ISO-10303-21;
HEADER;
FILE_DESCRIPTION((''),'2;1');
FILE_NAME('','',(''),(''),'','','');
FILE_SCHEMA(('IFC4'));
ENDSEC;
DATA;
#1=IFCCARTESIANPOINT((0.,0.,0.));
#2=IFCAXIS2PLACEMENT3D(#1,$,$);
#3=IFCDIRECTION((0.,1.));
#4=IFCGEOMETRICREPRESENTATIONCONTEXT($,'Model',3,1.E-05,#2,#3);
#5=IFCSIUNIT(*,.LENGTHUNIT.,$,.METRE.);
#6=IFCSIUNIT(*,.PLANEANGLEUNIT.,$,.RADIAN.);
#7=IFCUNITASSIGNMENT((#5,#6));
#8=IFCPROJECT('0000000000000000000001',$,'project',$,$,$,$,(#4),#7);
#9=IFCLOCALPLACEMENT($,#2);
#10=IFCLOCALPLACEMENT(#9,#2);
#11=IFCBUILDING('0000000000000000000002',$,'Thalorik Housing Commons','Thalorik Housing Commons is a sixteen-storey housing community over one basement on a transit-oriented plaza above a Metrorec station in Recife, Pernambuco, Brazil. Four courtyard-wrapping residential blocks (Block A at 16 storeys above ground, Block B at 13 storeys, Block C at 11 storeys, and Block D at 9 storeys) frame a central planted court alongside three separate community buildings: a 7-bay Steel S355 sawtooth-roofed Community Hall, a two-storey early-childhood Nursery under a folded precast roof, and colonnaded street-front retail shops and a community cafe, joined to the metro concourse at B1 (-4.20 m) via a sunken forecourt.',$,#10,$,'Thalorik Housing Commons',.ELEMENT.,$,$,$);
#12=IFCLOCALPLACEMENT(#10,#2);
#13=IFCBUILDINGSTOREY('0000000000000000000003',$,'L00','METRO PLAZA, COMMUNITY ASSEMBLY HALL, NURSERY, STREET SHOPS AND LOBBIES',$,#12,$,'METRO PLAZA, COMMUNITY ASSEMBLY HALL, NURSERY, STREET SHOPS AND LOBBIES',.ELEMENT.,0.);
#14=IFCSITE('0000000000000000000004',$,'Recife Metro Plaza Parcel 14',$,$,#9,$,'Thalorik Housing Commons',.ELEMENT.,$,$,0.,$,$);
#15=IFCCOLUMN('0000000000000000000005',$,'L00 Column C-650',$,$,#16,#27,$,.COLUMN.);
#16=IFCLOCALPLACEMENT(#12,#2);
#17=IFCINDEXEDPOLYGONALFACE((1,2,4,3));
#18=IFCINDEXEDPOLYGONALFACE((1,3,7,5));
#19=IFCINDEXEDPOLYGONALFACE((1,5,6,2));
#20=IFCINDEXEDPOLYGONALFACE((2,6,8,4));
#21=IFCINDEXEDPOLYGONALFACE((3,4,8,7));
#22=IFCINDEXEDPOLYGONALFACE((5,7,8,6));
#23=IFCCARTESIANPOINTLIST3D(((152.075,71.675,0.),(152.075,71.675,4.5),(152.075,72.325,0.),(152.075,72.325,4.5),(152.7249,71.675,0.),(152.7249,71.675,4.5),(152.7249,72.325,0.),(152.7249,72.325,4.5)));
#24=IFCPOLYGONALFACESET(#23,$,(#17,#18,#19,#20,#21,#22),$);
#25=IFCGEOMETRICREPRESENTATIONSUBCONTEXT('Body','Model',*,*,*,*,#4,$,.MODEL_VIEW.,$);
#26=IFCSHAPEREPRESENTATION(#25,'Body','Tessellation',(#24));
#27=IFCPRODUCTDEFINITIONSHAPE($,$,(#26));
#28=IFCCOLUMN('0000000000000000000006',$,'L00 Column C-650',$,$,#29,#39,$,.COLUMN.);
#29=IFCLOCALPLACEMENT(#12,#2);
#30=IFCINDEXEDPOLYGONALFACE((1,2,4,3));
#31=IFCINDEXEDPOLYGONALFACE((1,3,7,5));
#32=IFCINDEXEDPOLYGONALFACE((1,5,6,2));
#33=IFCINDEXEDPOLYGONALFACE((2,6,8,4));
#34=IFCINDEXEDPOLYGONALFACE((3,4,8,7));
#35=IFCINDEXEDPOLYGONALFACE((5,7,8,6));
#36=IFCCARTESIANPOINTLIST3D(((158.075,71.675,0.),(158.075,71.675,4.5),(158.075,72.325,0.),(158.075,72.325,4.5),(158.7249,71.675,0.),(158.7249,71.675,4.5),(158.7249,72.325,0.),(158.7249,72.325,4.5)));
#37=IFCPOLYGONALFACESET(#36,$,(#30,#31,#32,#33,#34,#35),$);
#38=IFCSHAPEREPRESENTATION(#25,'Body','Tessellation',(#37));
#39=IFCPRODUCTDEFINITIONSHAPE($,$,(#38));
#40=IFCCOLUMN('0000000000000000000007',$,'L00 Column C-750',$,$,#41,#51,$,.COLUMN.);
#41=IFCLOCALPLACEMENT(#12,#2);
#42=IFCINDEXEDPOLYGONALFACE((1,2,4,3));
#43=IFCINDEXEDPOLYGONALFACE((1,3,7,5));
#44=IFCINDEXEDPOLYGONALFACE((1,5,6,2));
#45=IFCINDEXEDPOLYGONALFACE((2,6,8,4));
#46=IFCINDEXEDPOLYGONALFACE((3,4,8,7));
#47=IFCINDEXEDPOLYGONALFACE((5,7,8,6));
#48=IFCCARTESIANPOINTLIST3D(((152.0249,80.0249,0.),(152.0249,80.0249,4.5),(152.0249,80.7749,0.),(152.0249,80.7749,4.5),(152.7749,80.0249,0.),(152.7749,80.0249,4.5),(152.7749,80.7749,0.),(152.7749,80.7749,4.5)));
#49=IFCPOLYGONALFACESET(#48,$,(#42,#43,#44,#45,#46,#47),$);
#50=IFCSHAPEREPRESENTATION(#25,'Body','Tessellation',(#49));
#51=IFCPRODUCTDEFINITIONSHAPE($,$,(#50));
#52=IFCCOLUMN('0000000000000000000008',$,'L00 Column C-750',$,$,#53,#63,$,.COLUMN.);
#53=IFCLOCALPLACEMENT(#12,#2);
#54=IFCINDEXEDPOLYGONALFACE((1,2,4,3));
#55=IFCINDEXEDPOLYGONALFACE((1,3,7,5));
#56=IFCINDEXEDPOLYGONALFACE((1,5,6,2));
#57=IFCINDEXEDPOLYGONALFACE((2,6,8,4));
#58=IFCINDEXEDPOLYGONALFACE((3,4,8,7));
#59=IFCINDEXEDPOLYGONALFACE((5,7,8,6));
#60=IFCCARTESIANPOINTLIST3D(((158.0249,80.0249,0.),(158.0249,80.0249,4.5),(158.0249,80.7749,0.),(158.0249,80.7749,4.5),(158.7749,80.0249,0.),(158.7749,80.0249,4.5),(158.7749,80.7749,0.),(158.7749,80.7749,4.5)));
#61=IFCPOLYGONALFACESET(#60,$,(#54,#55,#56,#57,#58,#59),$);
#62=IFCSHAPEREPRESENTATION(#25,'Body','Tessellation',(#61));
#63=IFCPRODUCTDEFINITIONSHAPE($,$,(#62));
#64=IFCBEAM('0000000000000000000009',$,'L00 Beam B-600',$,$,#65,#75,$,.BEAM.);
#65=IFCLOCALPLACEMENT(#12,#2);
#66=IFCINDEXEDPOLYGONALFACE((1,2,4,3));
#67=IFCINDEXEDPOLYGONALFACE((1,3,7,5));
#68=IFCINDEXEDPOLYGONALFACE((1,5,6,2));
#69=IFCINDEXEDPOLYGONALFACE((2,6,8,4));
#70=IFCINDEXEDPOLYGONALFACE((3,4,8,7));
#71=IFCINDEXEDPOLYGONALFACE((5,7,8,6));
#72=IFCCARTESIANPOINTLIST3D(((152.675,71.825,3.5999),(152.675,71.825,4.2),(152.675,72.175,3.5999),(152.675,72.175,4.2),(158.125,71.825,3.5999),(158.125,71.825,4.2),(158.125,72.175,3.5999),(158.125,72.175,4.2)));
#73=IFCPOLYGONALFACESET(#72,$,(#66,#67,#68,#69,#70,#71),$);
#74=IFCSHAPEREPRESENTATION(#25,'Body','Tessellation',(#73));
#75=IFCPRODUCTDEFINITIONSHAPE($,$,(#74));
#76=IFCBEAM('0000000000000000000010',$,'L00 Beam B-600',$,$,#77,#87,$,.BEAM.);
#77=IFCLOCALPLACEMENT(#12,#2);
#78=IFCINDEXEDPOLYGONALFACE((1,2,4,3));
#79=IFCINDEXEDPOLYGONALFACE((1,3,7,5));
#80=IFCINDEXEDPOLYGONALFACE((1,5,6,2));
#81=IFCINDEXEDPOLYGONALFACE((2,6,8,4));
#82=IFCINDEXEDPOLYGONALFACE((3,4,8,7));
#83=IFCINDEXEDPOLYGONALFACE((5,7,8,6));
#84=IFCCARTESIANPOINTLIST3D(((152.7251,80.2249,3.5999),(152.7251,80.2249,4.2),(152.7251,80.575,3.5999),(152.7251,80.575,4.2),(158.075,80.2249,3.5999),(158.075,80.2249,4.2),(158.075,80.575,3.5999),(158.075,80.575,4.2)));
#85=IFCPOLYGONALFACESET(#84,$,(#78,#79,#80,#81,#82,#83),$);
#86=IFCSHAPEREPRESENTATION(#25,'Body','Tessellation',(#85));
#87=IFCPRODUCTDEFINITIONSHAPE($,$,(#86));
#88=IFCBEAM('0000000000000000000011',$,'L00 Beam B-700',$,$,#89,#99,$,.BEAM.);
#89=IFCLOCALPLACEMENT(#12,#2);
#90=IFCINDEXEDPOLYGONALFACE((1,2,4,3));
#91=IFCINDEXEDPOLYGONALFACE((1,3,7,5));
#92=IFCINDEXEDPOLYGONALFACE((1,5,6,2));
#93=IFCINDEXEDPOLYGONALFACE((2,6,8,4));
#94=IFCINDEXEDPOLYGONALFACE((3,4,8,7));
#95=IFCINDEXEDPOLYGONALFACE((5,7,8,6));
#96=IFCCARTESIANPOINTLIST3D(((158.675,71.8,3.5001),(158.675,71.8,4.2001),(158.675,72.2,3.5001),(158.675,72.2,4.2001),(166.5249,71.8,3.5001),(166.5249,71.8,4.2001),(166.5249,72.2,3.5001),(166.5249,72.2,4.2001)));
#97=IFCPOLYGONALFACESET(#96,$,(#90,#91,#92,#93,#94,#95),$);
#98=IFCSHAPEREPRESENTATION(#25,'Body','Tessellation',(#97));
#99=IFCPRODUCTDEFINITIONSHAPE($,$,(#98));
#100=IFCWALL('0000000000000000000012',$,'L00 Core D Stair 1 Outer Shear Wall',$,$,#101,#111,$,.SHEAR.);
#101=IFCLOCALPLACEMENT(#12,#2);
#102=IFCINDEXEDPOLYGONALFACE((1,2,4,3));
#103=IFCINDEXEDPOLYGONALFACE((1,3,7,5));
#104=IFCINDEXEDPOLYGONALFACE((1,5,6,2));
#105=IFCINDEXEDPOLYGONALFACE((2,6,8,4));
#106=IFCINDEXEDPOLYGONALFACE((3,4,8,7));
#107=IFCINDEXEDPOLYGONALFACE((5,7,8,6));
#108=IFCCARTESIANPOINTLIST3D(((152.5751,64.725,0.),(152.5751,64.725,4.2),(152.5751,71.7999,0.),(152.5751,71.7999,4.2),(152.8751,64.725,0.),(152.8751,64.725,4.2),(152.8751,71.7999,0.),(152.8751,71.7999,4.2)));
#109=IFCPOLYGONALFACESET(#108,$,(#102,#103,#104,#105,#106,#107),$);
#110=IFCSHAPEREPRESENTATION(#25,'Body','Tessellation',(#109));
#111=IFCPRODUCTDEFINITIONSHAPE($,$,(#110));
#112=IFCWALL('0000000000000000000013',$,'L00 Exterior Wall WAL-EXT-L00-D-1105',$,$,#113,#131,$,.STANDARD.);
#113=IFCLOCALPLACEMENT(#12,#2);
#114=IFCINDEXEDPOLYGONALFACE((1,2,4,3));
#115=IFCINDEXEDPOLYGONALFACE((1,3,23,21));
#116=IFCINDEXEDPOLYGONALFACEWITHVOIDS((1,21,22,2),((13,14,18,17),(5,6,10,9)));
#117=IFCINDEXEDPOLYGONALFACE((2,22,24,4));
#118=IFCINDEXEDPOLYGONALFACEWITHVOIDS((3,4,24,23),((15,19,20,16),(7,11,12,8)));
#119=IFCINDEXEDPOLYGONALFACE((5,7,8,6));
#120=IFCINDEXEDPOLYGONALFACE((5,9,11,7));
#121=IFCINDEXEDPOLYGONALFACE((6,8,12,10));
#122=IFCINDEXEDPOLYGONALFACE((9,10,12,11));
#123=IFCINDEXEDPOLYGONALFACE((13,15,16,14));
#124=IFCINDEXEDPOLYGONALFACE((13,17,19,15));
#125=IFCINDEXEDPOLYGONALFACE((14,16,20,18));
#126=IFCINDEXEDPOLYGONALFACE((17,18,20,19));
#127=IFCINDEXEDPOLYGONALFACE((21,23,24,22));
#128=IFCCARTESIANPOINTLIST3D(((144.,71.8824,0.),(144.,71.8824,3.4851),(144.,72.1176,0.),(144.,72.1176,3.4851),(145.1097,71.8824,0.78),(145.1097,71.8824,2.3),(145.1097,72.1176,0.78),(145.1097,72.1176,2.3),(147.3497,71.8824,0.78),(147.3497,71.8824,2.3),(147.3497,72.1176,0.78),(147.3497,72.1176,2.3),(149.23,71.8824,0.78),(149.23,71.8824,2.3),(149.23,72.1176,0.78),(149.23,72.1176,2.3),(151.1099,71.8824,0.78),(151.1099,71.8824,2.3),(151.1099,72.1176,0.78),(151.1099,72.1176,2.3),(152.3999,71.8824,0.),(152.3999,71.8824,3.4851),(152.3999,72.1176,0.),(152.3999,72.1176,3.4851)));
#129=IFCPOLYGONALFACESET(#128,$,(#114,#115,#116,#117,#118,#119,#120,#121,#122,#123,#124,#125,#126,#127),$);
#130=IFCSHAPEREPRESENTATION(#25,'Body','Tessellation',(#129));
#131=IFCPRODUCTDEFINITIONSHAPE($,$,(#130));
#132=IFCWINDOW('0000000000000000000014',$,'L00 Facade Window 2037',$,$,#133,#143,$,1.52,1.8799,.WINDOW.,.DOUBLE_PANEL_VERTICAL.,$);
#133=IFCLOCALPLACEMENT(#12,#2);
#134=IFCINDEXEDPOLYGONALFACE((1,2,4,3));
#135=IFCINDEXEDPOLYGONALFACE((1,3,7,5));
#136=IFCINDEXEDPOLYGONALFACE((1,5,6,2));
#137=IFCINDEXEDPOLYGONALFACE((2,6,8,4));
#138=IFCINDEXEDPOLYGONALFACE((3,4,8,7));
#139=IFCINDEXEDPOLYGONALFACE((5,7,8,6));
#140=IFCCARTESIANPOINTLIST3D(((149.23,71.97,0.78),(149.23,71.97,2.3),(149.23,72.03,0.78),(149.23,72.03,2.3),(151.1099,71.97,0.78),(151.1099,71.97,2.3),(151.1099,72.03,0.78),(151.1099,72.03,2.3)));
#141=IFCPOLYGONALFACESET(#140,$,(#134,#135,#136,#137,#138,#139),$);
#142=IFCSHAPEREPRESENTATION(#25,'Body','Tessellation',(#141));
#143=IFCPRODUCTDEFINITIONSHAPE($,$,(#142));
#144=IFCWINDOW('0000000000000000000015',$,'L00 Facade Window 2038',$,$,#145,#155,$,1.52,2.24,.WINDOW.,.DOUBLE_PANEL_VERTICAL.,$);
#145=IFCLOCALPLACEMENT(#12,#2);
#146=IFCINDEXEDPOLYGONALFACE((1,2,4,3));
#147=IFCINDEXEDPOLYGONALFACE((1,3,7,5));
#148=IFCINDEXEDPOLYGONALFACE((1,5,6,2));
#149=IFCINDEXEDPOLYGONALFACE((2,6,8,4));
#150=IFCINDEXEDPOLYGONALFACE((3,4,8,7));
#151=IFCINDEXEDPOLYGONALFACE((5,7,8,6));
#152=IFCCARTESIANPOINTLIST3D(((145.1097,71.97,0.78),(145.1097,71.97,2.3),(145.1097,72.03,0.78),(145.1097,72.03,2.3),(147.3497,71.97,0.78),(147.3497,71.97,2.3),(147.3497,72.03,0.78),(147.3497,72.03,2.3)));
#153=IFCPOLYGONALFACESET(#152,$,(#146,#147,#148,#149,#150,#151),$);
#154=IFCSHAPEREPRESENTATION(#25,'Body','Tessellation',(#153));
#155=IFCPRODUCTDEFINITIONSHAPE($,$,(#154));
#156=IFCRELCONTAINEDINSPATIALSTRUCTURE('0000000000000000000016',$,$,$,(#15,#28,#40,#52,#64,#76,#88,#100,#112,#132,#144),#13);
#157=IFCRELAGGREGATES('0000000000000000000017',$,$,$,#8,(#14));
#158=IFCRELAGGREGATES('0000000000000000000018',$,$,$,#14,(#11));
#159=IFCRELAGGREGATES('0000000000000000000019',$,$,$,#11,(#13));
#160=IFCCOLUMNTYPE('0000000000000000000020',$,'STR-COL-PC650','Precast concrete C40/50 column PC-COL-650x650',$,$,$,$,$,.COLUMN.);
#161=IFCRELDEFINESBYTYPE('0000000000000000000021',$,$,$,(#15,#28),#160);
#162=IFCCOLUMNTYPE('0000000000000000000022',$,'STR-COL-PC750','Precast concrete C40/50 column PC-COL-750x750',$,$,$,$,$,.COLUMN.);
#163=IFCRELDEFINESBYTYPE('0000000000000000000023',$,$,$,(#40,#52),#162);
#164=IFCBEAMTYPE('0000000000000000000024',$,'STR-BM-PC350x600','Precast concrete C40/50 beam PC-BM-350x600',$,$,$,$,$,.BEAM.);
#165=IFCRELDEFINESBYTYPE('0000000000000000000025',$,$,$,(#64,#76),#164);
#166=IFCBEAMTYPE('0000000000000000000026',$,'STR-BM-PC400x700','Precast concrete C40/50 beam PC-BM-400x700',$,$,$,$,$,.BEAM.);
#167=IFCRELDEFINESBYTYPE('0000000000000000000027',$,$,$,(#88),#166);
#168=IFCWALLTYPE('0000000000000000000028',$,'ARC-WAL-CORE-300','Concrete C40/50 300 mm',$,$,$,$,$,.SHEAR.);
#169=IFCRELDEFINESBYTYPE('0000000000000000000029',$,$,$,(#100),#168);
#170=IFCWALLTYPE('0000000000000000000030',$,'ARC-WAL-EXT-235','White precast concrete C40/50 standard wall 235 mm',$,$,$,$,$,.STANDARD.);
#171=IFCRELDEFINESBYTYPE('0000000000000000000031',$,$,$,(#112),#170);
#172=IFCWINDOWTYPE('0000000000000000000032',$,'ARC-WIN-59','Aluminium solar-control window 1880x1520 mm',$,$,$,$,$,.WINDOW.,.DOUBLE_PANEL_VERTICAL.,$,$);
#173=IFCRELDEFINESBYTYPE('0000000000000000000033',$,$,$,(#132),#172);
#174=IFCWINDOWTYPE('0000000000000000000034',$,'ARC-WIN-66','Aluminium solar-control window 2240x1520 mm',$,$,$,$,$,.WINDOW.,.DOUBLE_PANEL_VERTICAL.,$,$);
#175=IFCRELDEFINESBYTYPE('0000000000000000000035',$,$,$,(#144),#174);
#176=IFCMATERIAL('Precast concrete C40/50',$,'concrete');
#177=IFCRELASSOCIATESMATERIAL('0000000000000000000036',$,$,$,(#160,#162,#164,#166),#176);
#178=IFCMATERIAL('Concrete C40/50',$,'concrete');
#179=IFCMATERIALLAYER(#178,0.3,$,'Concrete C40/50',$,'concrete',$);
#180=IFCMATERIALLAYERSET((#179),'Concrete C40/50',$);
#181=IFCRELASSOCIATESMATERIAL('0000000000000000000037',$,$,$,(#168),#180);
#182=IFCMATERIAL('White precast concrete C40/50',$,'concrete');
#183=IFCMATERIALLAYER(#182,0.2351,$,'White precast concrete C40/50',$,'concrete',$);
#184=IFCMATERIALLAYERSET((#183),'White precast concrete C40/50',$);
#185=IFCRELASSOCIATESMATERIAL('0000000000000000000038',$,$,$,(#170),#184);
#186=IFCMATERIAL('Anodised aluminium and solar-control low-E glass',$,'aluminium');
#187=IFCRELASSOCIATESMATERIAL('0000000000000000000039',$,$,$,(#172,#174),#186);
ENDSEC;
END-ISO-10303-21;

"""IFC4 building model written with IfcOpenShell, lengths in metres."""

from ifc_helpers import new_model, si_unit, direction, frame, frame_2d, origin, origin_2d, place, context, subcontext, project, spatial, rectangle, extrude, material, layer, layer_set, material_profile, profile_set, type_object, element, fill, save


model = new_model("IFC4")

# Units and contexts
model_context = context("Model", 3, precision=1e-05, world=origin(), true_north=direction((0.0, 1.0)))
body_context = subcontext(model_context, "Body", "Model", "MODEL_VIEW")
ifc_project = project(units=[si_unit("LENGTHUNIT", "METRE"), si_unit("PLANEANGLEUNIT", "RADIAN")], contexts=[model_context])

# Site, building, storey
site_placement = place(None, origin())
site = spatial("IfcSite", under=ifc_project, at=site_placement, Name="Recife Metro Plaza Parcel 14", LongName="Thalorik Housing Commons", CompositionType="ELEMENT", RefElevation=0.0)
building_placement = place(site_placement, origin())
building = spatial("IfcBuilding", under=site, at=building_placement, Name="Thalorik Housing Commons", Description="Thalorik Housing Commons is a sixteen-storey housing community over one basement on a transit-oriented plaza above a Metrorec station in Recife, Pernambuco, Brazil. Four courtyard-wrapping residential blocks (Block A at 16 storeys above ground, Block B at 13 storeys, Block C at 11 storeys, and Block D at 9 storeys) frame a central planted court alongside three separate community buildings: a 7-bay Steel S355 sawtooth-roofed Community Hall, a two-storey early-childhood Nursery under a folded precast roof, and colonnaded street-front retail shops and a community cafe, joined to the metro concourse at B1 (-4.20 m) via a sunken forecourt.", LongName="Thalorik Housing Commons", CompositionType="ELEMENT")
storey_placement = place(building_placement, origin())
storey = spatial("IfcBuildingStorey", under=building, at=storey_placement, Name="L00", Description="METRO PLAZA, COMMUNITY ASSEMBLY HALL, NURSERY, STREET SHOPS AND LOBBIES", LongName="METRO PLAZA, COMMUNITY ASSEMBLY HALL, NURSERY, STREET SHOPS AND LOBBIES", CompositionType="ELEMENT", Elevation=0.0)

# Columns
ifc_material_1 = material(Name="Precast concrete C40/50", Category="concrete")
ifc_material_profile_1 = material_profile(ifc_material_1, rectangle(XDim=0.6499, YDim=0.6499, at=origin_2d()), Name="PC 650x650", Category="concrete")
ifc_profile_set_1 = profile_set([ifc_material_profile_1], Name="Precast concrete C40/50")
column_type_1 = type_object("IfcColumnType", Name="STR-COL-PC650", Description="Precast concrete C40/50 column PC-COL-650x650", PredefinedType="COLUMN", material=ifc_profile_set_1)
for number, where, z_axis, x_axis, name in (
    (1, (152.3999, 72.0, 0.0), (0.0, 0.0, 1.0), (1.0, 0.0, 0.0), "L00 Column C-650"),
    (2, (158.3999, 72.0, 0.0), (0.0, 0.0, 1.0), (1.0, 0.0, 0.0), "L00 Column C-650"),
):
    element("IfcColumn", number, at=place(storey_placement, frame(where, z_axis=z_axis, x_axis=x_axis)), inside=storey, type_object=column_type_1, Name=name, PredefinedType="COLUMN", context=body_context, shape_type="SweptSolid", body=[
        extrude(rectangle(XDim=0.6499, YDim=0.6499, at=origin_2d()), origin(), (0.0, 0.0, 1.0), 4.5),
    ])
ifc_material_profile_2 = material_profile(ifc_material_1, rectangle(XDim=0.75, YDim=0.75, at=origin_2d()), Name="PC 750x750", Category="concrete")
ifc_profile_set_2 = profile_set([ifc_material_profile_2], Name="Precast concrete C40/50")
column_type_2 = type_object("IfcColumnType", Name="STR-COL-PC750", Description="Precast concrete C40/50 column PC-COL-750x750", PredefinedType="COLUMN", material=ifc_profile_set_2)
for number, where, z_axis, x_axis, name in (
    (3, (152.3999, 80.3999, 0.0), (0.0, 0.0, 1.0), (1.0, 0.0, 0.0), "L00 Column C-750"),
    (4, (158.3999, 80.3999, 0.0), (0.0, 0.0, 1.0), (1.0, 0.0, 0.0), "L00 Column C-750"),
):
    element("IfcColumn", number, at=place(storey_placement, frame(where, z_axis=z_axis, x_axis=x_axis)), inside=storey, type_object=column_type_2, Name=name, PredefinedType="COLUMN", context=body_context, shape_type="SweptSolid", body=[
        extrude(rectangle(XDim=0.75, YDim=0.75, at=origin_2d()), origin(), (0.0, 0.0, 1.0), 4.5),
    ])

# Beams
ifc_material_profile_3 = material_profile(ifc_material_1, rectangle(XDim=0.3501, YDim=0.6001, at=origin_2d()), Name="PC 350x600", Category="concrete")
ifc_profile_set_3 = profile_set([ifc_material_profile_3], Name="Precast concrete C40/50")
beam_type_1 = type_object("IfcBeamType", Name="STR-BM-PC350x600", Description="Precast concrete C40/50 beam PC-BM-350x600", PredefinedType="BEAM", material=ifc_profile_set_3)
beam_1_placement = place(storey_placement, frame((152.675, 72.0, 3.8999), z_axis=(1.0, 0.0, 0.0), x_axis=(0.0, 1.0, 0.0)))
element("IfcBeam", 5, at=beam_1_placement, inside=storey, type_object=beam_type_1, Name="L00 Beam B-600", PredefinedType="BEAM", context=body_context, shape_type="SweptSolid", body=[
    extrude(rectangle(XDim=0.3501, YDim=0.6001, at=origin_2d()), origin(), (0.0, 0.0, 1.0), 5.45),
])
beam_2_placement = place(storey_placement, frame((152.7251, 80.3999, 3.8999), z_axis=(1.0, 0.0, 0.0), x_axis=(0.0, 1.0, 0.0)))
element("IfcBeam", 6, at=beam_2_placement, inside=storey, type_object=beam_type_1, Name="L00 Beam B-600", PredefinedType="BEAM", context=body_context, shape_type="SweptSolid", body=[
    extrude(rectangle(XDim=0.3501, YDim=0.6001, at=origin_2d()), origin(), (0.0, 0.0, 1.0), 5.3499),
])
ifc_material_profile_4 = material_profile(ifc_material_1, rectangle(XDim=0.3999, YDim=0.7, at=origin_2d()), Name="PC 400x700", Category="concrete")
ifc_profile_set_4 = profile_set([ifc_material_profile_4], Name="Precast concrete C40/50")
beam_type_2 = type_object("IfcBeamType", Name="STR-BM-PC400x700", Description="Precast concrete C40/50 beam PC-BM-400x700", PredefinedType="BEAM", material=ifc_profile_set_4)
beam_3_placement = place(storey_placement, frame((158.675, 72.0, 3.8501), z_axis=(1.0, 0.0, 0.0), x_axis=(0.0, 1.0, 0.0)))
element("IfcBeam", 7, at=beam_3_placement, inside=storey, type_object=beam_type_2, Name="L00 Beam B-700", PredefinedType="BEAM", context=body_context, shape_type="SweptSolid", body=[
    extrude(rectangle(XDim=0.3999, YDim=0.7, at=origin_2d()), origin(), (0.0, 0.0, 1.0), 7.8499),
])

# Wall
ifc_material_2 = material(Name="Concrete C40/50", Category="concrete")
ifc_layer_1 = layer(ifc_material_2, 0.3, Name="Concrete C40/50", Category="concrete")
ifc_layer_set_1 = layer_set([ifc_layer_1], Name="Concrete C40/50")
wall_type_1 = type_object("IfcWallType", Name="ARC-WAL-CORE-300", Description="Concrete C40/50 300 mm", PredefinedType="SHEAR", material=ifc_layer_set_1)
wall_1_placement = place(storey_placement, frame((152.7251, 71.8, 0.0), z_axis=(0.0, 0.0, 1.0), x_axis=(0.0, -1.0, 0.0)))
element("IfcWall", 8, at=wall_1_placement, inside=storey, type_object=wall_type_1, Name="L00 Core D Stair 1 Outer Shear Wall", PredefinedType="SHEAR", context=body_context, shape_type="SweptSolid", body=[
    extrude(rectangle(XDim=7.075, YDim=0.3, at=frame_2d((3.5376, 0.0))), origin(), (0.0, 0.0, 1.0), 4.2),
])

# Wall, openings, windows
ifc_material_3 = material(Name="White precast concrete C40/50", Category="concrete")
ifc_layer_2 = layer(ifc_material_3, 0.2351, Name="White precast concrete C40/50", Category="concrete")
ifc_layer_set_2 = layer_set([ifc_layer_2], Name="White precast concrete C40/50")
wall_type_2 = type_object("IfcWallType", Name="ARC-WAL-EXT-235", Description="White precast concrete C40/50 standard wall 235 mm", PredefinedType="STANDARD", material=ifc_layer_set_2)
wall_2_placement = place(storey_placement, frame((152.3999, 72.0, 0.0), z_axis=(0.0, 0.0, 1.0), x_axis=(-1.0, 0.0, 0.0)))
wall_2 = element("IfcWall", 9, at=wall_2_placement, inside=storey, type_object=wall_type_2, Name="L00 Exterior Wall WAL-EXT-L00-D-1105", PredefinedType="STANDARD", context=body_context, shape_type="SweptSolid", body=[
    extrude(rectangle(XDim=8.3999, YDim=0.2351, at=frame_2d((4.2, 0.0))), origin(), (0.0, 0.0, 1.0), 3.4851),
])
opening_1_placement = place(wall_2_placement, frame((1.29, 0.0, 0.78)))
opening_1 = element("IfcOpeningElement", 10, at=opening_1_placement, cuts=wall_2, PredefinedType="OPENING", context=body_context, shape_type="SweptSolid", body=[
    extrude(rectangle(XDim=1.8799, YDim=1.52, at=frame_2d((0.9399, 0.76))), frame((0.0, 0.1274, 0.0), z_axis=(0.0, -1.0, 0.0), x_axis=(1.0, 0.0, 0.0)), (0.0, 0.0, 1.0), 0.2551),
])
opening_2_placement = place(wall_2_placement, frame((5.05, 0.0, 0.78)))
opening_2 = element("IfcOpeningElement", 11, at=opening_2_placement, cuts=wall_2, PredefinedType="OPENING", context=body_context, shape_type="SweptSolid", body=[
    extrude(rectangle(XDim=2.24, YDim=1.52, at=frame_2d((1.1201, 0.76))), frame((0.0, 0.1274, 0.0), z_axis=(0.0, -1.0, 0.0), x_axis=(1.0, 0.0, 0.0)), (0.0, 0.0, 1.0), 0.2551),
])
ifc_material_4 = material(Name="Anodised aluminium and solar-control low-E glass", Category="aluminium")
window_type_1 = type_object("IfcWindowType", Name="ARC-WIN-59", Description="Aluminium solar-control window 1880x1520 mm", PartitioningType="DOUBLE_PANEL_VERTICAL", PredefinedType="WINDOW", material=ifc_material_4)
window_1_placement = place(opening_1_placement, origin())
window_1 = element("IfcWindow", 12, at=window_1_placement, inside=storey, type_object=window_type_1, Name="L00 Facade Window 2037", OverallHeight=1.52, OverallWidth=1.8799, PartitioningType="DOUBLE_PANEL_VERTICAL", PredefinedType="WINDOW", context=body_context, shape_type="SweptSolid", body=[
    extrude(rectangle(XDim=1.8799, YDim=1.52, at=frame_2d((0.9399, 0.76))), frame((0.0, 0.03, 0.0), z_axis=(0.0, -1.0, 0.0), x_axis=(1.0, 0.0, 0.0)), (0.0, 0.0, 1.0), 0.0601),
])
fill(opening_1, window_1)
window_type_2 = type_object("IfcWindowType", Name="ARC-WIN-66", Description="Aluminium solar-control window 2240x1520 mm", PartitioningType="DOUBLE_PANEL_VERTICAL", PredefinedType="WINDOW", material=ifc_material_4)
window_2_placement = place(opening_2_placement, origin())
window_2 = element("IfcWindow", 13, at=window_2_placement, inside=storey, type_object=window_type_2, Name="L00 Facade Window 2038", OverallHeight=1.52, OverallWidth=2.24, PartitioningType="DOUBLE_PANEL_VERTICAL", PredefinedType="WINDOW", context=body_context, shape_type="SweptSolid", body=[
    extrude(rectangle(XDim=2.24, YDim=1.52, at=frame_2d((1.1201, 0.76))), frame((0.0, 0.03, 0.0), z_axis=(0.0, -1.0, 0.0), x_axis=(1.0, 0.0, 0.0)), (0.0, 0.0, 1.0), 0.0601),
])
fill(opening_2, window_2)

save(model, "model.ifc")
